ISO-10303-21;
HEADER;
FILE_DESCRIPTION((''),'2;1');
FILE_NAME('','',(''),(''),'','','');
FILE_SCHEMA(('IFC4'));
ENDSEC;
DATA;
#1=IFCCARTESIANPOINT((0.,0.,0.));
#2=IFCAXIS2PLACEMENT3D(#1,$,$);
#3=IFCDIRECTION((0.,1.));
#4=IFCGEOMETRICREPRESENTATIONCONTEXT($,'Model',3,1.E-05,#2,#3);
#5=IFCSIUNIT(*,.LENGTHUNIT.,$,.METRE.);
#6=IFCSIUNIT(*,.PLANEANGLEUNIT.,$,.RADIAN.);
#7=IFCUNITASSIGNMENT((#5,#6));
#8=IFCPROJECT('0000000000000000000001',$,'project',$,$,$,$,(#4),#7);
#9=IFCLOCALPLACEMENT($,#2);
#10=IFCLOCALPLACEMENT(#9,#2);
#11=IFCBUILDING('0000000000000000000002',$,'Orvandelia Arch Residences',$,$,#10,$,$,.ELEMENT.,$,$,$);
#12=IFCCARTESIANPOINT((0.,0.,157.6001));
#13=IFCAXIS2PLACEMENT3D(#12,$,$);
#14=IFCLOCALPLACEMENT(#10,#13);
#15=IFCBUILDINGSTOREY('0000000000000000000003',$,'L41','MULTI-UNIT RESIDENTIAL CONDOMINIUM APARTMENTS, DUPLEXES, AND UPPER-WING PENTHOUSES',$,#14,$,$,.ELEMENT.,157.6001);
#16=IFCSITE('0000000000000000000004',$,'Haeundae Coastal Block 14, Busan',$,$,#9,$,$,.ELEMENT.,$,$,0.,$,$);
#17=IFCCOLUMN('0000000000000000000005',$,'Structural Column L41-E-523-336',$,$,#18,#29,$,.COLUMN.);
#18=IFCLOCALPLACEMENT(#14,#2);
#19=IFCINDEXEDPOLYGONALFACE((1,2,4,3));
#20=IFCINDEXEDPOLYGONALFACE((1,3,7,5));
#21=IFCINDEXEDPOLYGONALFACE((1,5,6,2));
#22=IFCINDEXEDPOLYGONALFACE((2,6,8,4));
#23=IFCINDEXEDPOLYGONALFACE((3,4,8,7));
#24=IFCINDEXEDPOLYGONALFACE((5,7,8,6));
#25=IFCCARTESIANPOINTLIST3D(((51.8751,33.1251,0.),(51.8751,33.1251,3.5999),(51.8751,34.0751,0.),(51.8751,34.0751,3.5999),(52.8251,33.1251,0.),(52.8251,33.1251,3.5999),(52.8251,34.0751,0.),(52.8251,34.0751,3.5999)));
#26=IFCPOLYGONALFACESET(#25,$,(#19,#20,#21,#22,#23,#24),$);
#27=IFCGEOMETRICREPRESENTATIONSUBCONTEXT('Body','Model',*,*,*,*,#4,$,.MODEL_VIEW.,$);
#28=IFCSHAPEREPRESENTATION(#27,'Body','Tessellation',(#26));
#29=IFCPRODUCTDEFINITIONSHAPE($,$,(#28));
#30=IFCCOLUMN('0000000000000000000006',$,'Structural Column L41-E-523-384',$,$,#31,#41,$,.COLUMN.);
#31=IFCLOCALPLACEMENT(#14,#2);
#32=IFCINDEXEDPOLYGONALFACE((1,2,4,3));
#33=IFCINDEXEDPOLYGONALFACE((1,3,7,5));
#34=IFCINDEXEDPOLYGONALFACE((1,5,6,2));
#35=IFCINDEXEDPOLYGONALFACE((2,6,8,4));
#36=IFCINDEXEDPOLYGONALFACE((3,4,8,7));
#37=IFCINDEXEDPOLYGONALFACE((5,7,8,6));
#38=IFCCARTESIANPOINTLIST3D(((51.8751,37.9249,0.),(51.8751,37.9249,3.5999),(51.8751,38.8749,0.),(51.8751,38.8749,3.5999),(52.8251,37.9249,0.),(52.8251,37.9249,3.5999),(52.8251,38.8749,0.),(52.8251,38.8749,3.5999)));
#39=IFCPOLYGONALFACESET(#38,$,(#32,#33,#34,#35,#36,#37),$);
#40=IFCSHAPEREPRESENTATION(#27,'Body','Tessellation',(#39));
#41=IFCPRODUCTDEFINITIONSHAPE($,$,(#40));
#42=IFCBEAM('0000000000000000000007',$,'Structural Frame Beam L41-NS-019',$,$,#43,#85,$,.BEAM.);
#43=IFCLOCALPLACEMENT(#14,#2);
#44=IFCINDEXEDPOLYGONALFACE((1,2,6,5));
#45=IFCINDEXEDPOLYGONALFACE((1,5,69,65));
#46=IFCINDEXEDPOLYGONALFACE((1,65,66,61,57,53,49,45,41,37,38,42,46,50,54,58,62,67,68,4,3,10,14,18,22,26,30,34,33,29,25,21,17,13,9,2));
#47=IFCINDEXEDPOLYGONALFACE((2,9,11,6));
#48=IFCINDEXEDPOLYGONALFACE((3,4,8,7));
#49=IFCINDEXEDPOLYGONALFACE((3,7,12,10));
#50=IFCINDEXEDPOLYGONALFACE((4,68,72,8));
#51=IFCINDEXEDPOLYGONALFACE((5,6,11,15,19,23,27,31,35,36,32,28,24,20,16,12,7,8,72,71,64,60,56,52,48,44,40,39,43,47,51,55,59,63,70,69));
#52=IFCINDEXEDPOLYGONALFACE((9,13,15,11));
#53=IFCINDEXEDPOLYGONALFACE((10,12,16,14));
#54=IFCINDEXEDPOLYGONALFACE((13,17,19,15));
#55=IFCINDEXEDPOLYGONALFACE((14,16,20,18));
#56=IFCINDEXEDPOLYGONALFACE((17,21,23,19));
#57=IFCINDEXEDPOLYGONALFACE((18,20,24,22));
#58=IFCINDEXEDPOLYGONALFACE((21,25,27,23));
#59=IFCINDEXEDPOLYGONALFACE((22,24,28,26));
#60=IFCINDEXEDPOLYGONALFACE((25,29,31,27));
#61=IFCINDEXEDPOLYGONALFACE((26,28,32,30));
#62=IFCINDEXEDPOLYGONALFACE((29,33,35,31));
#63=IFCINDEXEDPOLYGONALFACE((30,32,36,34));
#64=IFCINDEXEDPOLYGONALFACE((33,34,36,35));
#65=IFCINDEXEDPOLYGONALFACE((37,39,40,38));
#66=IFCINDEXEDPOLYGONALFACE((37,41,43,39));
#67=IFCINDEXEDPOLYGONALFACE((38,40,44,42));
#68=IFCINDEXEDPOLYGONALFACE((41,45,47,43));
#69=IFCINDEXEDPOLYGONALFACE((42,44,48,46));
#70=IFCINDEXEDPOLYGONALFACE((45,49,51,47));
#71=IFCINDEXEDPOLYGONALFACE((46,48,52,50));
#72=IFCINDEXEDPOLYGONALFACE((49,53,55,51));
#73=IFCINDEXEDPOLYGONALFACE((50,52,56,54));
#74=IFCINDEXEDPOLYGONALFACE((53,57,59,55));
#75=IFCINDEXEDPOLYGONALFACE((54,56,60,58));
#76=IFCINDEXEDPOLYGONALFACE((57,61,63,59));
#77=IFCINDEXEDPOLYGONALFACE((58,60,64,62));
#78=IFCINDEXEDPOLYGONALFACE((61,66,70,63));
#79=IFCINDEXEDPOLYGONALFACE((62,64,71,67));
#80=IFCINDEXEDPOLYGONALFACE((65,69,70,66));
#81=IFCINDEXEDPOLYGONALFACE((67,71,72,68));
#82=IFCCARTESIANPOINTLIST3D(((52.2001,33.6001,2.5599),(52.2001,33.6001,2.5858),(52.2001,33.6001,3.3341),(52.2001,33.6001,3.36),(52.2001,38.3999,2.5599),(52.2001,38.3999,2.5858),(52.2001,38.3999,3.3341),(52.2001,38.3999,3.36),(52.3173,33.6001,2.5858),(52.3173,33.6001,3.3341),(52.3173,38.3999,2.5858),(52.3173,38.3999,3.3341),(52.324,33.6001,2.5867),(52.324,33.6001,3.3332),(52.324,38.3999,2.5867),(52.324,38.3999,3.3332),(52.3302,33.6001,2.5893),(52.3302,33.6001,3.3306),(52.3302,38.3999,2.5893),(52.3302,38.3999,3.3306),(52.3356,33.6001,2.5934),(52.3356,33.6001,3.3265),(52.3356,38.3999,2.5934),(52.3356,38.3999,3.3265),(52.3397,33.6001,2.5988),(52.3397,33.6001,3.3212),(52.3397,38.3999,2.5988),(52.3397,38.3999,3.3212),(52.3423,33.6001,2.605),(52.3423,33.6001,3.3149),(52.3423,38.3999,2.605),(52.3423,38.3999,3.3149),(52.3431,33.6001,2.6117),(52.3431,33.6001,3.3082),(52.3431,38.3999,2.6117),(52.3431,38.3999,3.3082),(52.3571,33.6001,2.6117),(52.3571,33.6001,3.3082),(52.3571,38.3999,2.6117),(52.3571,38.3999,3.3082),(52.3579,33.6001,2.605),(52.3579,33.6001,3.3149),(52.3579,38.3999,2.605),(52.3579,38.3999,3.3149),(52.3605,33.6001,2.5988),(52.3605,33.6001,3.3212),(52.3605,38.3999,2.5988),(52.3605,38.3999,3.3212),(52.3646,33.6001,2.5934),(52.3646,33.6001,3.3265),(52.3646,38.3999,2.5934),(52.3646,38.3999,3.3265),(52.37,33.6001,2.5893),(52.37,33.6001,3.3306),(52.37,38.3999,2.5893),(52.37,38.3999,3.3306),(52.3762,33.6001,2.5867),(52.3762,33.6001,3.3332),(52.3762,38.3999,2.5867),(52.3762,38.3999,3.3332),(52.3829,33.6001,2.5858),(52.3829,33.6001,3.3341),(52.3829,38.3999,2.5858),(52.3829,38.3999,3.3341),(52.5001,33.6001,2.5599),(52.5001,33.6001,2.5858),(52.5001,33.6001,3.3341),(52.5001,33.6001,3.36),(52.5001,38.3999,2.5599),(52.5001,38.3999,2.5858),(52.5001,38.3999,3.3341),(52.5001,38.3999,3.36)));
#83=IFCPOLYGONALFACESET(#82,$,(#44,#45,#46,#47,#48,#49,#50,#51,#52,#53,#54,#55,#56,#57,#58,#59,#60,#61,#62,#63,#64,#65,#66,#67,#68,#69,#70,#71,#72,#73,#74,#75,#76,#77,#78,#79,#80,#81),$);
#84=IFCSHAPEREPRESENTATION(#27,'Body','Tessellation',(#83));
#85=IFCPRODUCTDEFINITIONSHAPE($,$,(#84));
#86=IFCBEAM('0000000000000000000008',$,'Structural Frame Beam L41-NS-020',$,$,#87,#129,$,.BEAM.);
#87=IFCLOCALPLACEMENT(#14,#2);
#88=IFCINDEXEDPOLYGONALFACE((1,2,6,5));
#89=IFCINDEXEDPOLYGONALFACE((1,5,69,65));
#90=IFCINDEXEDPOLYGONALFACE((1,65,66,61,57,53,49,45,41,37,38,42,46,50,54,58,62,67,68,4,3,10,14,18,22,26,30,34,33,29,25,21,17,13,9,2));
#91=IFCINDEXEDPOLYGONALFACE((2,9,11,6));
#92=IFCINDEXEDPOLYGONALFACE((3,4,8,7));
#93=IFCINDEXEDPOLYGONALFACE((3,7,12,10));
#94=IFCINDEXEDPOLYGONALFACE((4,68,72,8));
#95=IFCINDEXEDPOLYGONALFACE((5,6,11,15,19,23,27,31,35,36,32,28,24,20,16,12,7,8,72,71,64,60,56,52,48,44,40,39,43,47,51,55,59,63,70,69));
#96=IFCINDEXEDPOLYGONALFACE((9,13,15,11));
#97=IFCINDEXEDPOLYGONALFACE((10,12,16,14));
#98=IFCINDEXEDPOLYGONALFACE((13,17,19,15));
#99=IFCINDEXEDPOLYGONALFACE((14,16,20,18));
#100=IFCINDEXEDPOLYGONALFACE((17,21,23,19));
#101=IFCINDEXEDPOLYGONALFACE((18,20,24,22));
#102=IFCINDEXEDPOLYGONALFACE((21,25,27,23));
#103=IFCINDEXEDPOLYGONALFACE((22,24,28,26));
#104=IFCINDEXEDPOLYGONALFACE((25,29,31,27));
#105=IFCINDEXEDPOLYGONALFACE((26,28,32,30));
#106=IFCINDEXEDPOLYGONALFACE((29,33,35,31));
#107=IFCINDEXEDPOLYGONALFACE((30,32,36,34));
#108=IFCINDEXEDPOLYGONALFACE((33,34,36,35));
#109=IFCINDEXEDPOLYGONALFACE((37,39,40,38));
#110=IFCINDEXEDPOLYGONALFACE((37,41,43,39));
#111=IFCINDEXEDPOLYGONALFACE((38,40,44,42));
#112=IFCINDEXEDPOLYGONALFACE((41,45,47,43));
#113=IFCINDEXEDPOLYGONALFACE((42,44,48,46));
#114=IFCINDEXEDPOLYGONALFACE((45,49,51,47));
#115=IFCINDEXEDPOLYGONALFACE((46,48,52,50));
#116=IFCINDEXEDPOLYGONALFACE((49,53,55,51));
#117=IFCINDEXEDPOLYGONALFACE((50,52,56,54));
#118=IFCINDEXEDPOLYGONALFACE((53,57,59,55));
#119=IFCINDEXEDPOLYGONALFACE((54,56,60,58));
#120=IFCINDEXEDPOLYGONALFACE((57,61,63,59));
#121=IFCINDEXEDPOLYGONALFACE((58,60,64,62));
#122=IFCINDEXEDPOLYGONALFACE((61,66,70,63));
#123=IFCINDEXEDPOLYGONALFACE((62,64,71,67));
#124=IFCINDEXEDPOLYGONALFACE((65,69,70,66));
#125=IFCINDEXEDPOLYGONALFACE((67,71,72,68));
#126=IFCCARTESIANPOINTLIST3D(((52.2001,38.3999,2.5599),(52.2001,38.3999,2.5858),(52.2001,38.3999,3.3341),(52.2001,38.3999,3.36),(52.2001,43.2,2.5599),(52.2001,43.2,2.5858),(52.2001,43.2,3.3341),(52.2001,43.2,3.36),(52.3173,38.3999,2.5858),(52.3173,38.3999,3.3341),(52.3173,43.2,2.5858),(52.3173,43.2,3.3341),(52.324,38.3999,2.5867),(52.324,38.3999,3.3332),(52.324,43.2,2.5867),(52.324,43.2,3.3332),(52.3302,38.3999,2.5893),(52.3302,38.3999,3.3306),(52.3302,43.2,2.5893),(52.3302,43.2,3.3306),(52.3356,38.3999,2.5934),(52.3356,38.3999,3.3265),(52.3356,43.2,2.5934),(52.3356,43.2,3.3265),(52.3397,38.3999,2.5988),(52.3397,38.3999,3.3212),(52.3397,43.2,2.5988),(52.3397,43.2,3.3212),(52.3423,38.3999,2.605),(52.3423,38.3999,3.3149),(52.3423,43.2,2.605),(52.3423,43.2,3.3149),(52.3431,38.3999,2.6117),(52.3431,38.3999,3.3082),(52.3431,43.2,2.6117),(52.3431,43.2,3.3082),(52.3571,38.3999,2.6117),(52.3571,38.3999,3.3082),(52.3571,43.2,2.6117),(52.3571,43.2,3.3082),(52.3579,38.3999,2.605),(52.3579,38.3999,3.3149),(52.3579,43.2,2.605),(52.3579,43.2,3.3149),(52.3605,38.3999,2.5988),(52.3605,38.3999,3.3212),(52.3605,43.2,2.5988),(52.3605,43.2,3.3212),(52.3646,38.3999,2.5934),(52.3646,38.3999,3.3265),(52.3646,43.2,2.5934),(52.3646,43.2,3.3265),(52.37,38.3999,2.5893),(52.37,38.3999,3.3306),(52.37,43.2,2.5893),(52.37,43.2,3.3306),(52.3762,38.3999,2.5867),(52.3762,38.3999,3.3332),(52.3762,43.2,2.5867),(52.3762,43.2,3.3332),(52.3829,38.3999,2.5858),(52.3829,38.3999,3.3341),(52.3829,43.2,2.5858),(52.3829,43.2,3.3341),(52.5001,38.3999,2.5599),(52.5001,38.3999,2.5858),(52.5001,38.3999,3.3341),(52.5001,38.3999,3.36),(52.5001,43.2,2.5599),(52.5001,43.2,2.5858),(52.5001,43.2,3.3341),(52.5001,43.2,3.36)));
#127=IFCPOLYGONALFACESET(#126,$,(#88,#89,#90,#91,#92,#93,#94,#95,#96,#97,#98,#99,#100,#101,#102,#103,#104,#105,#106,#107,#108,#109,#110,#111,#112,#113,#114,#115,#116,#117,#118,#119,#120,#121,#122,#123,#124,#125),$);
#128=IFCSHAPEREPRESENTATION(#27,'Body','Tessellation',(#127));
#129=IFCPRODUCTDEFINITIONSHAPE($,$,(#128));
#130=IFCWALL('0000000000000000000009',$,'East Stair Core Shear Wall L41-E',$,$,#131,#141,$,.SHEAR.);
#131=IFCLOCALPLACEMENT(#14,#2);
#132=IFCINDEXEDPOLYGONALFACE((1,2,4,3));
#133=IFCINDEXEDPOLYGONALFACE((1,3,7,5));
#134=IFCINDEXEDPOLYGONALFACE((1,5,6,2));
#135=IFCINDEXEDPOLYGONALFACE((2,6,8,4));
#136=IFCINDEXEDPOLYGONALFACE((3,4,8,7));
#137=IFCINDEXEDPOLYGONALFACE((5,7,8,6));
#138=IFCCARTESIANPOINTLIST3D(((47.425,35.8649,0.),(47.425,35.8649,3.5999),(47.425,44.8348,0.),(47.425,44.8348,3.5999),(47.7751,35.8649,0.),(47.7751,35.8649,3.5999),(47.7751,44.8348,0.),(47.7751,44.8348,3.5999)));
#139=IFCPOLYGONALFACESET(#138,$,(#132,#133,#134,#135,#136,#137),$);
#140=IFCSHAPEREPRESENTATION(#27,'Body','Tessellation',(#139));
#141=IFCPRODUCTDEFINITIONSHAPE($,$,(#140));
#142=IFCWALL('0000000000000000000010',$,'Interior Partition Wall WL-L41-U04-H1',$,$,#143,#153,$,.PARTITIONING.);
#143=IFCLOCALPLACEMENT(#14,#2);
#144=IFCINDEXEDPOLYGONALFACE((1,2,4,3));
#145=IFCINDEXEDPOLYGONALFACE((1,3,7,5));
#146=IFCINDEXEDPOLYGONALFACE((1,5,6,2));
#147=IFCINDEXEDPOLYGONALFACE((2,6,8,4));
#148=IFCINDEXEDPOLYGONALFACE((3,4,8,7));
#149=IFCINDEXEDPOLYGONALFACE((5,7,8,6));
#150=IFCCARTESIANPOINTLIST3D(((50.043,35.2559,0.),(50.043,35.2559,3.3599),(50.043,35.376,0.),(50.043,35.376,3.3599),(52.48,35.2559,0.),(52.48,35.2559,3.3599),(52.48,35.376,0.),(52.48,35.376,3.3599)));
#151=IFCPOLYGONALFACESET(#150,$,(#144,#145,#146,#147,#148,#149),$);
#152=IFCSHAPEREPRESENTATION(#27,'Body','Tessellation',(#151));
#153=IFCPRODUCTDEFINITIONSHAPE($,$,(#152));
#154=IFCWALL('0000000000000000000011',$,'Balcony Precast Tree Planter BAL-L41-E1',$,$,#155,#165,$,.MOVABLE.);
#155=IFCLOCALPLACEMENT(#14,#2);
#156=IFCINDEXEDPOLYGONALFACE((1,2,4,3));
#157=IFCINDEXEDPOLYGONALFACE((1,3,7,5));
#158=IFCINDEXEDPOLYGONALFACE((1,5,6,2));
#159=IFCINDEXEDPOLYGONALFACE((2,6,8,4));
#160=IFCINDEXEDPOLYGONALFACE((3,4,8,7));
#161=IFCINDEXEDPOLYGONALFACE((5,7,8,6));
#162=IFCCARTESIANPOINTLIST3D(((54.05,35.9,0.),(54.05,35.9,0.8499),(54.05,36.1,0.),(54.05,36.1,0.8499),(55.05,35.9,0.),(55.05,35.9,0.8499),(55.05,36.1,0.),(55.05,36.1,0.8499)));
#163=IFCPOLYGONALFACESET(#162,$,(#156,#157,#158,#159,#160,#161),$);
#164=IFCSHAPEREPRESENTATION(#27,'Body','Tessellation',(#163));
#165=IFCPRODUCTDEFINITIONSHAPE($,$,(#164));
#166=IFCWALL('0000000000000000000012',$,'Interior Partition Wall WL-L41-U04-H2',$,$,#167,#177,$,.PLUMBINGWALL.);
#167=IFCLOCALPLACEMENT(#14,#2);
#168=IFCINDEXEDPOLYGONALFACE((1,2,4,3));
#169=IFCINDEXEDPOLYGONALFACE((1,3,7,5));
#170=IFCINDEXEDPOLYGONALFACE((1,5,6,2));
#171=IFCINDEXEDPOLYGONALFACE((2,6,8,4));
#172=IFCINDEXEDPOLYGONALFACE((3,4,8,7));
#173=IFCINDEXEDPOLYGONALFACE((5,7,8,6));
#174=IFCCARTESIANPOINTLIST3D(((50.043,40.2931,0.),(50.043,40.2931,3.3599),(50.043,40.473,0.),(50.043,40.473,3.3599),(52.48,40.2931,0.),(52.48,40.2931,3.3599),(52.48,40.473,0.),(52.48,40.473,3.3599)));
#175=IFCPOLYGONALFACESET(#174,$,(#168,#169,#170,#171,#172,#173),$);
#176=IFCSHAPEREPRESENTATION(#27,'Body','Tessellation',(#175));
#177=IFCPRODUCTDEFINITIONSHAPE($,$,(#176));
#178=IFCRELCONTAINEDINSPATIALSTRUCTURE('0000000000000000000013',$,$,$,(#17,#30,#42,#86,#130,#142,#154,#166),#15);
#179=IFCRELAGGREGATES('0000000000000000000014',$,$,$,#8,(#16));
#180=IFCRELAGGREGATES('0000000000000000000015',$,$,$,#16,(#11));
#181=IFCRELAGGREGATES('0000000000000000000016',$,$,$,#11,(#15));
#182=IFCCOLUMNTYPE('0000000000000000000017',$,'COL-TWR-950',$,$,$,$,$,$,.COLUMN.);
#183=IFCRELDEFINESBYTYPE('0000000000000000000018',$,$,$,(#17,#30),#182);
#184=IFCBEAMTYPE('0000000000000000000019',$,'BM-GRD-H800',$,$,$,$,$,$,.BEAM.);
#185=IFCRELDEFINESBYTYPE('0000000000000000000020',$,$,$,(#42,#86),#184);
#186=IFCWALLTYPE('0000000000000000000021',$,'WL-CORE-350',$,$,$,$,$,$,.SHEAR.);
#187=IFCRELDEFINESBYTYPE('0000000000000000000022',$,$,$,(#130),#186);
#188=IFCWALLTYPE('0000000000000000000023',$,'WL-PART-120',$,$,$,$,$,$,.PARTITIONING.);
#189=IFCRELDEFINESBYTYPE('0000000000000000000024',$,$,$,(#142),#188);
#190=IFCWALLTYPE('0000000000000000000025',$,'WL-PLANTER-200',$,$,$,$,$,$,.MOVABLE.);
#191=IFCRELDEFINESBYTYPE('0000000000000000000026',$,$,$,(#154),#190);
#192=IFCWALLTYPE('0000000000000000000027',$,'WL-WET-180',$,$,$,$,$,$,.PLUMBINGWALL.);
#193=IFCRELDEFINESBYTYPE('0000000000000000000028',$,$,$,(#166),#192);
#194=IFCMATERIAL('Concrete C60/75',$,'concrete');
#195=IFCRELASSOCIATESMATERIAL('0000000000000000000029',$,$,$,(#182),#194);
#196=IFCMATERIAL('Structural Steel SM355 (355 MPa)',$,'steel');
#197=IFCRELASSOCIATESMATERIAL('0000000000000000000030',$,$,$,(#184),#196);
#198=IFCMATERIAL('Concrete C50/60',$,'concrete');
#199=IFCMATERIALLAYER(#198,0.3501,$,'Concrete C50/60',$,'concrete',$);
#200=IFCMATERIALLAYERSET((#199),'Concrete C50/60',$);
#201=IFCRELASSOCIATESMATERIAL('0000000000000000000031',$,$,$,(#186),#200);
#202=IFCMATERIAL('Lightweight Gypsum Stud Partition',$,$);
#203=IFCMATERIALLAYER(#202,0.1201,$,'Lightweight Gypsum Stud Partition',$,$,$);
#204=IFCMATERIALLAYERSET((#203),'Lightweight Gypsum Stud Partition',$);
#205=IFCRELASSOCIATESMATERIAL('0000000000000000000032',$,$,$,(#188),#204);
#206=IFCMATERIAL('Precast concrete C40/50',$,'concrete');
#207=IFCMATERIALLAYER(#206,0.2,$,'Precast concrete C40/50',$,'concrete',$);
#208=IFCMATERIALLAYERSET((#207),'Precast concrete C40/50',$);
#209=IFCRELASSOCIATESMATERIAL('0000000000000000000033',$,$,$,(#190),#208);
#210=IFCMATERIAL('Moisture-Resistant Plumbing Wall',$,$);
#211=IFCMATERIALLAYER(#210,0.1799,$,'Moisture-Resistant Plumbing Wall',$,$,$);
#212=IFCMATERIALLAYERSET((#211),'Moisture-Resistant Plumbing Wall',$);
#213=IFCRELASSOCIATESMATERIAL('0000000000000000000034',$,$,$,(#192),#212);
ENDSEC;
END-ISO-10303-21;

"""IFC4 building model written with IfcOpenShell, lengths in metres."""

from ifc_helpers import new_model, si_unit, direction, frame, frame_2d, origin, origin_2d, place, context, subcontext, project, spatial, rectangle, i_section, extrude, material, layer, layer_set, material_profile, profile_set, type_object, element, save


model = new_model("IFC4")

# Units and contexts
model_context = context("Model", 3, precision=1e-05, world=origin(), true_north=direction((0.0, 1.0)))
body_context = subcontext(model_context, "Body", "Model", "MODEL_VIEW")
ifc_project = project(units=[si_unit("LENGTHUNIT", "METRE"), si_unit("PLANEANGLEUNIT", "RADIAN")], contexts=[model_context])

# Site, building, storey
site_placement = place(None, origin())
site = spatial("IfcSite", under=ifc_project, at=site_placement, Name="Haeundae Coastal Block 14, Busan", CompositionType="ELEMENT", RefElevation=0.0)
building_placement = place(site_placement, origin())
building = spatial("IfcBuilding", under=site, at=building_placement, Name="Orvandelia Arch Residences", CompositionType="ELEMENT")
storey_placement = place(building_placement, frame((0.0, 0.0, 157.6001)))
storey = spatial("IfcBuildingStorey", under=building, at=storey_placement, Name="L41", Description="MULTI-UNIT RESIDENTIAL CONDOMINIUM APARTMENTS, DUPLEXES, AND UPPER-WING PENTHOUSES", CompositionType="ELEMENT", Elevation=157.6001)

# Columns
ifc_material_1 = material(Name="Concrete C60/75", Category="concrete")
ifc_material_profile_1 = material_profile(ifc_material_1, rectangle(XDim=0.95, YDim=0.95, at=origin_2d()), Name="Concrete C60/75", Category="concrete")
ifc_profile_set_1 = profile_set([ifc_material_profile_1], Name="Concrete C60/75")
column_type = type_object("IfcColumnType", Name="COL-TWR-950", PredefinedType="COLUMN", material=ifc_profile_set_1)
for number, where, z_axis, x_axis, name in (
    (1, (52.3501, 33.6001, 0.0), (0.0, 0.0, 1.0), (1.0, 0.0, 0.0), "Structural Column L41-E-523-336"),
    (2, (52.3501, 38.3999, 0.0), (0.0, 0.0, 1.0), (1.0, 0.0, 0.0), "Structural Column L41-E-523-384"),
):
    element("IfcColumn", number, at=place(storey_placement, frame(where, z_axis=z_axis, x_axis=x_axis)), inside=storey, type_object=column_type, Name=name, PredefinedType="COLUMN", context=body_context, shape_type="SweptSolid", body=[
        extrude(rectangle(XDim=0.95, YDim=0.95, at=origin_2d()), origin(), (0.0, 0.0, 1.0), 3.5999),
    ])

# Beams
ifc_material_2 = material(Name="Structural Steel SM355 (355 MPa)", Category="steel")
ifc_material_profile_2 = material_profile(ifc_material_2, i_section(OverallWidth=0.3, OverallDepth=0.8, WebThickness=0.0139, FlangeThickness=0.0259, FilletRadius=0.0259, at=origin_2d()), Name="Structural Steel SM355 (355 MPa)", Category="steel")
ifc_profile_set_2 = profile_set([ifc_material_profile_2], Name="Structural Steel SM355 (355 MPa)")
beam_type = type_object("IfcBeamType", Name="BM-GRD-H800", PredefinedType="BEAM", material=ifc_profile_set_2)
beam_1_placement = place(storey_placement, frame((52.3501, 33.6001, 2.96), z_axis=(0.0, 1.0, 0.0), x_axis=(-1.0, 0.0, 0.0)))
element("IfcBeam", 3, at=beam_1_placement, inside=storey, type_object=beam_type, Name="Structural Frame Beam L41-NS-019", PredefinedType="BEAM", context=body_context, shape_type="SweptSolid", body=[
    extrude(i_section(OverallWidth=0.3, OverallDepth=0.8, WebThickness=0.0139, FlangeThickness=0.0259, FilletRadius=0.0259, at=origin_2d()), origin(), (0.0, 0.0, 1.0), 4.7998),
])
beam_2_placement = place(storey_placement, frame((52.3501, 38.3999, 2.96), z_axis=(0.0, 1.0, 0.0), x_axis=(-1.0, 0.0, 0.0)))
element("IfcBeam", 4, at=beam_2_placement, inside=storey, type_object=beam_type, Name="Structural Frame Beam L41-NS-020", PredefinedType="BEAM", context=body_context, shape_type="SweptSolid", body=[
    extrude(i_section(OverallWidth=0.3, OverallDepth=0.8, WebThickness=0.0139, FlangeThickness=0.0259, FilletRadius=0.0259, at=origin_2d()), origin(), (0.0, 0.0, 1.0), 4.8),
])

# Walls
ifc_material_3 = material(Name="Concrete C50/60", Category="concrete")
ifc_layer_1 = layer(ifc_material_3, 0.3501, Name="Concrete C50/60", Category="concrete")
ifc_layer_set_1 = layer_set([ifc_layer_1], Name="Concrete C50/60")
wall_type_1 = type_object("IfcWallType", Name="WL-CORE-350", PredefinedType="SHEAR", material=ifc_layer_set_1)
wall_1_placement = place(storey_placement, frame((47.6001, 35.865, 0.0), z_axis=(0.0, 0.0, 1.0), x_axis=(0.0, 1.0, 0.0)))
element("IfcWall", 5, at=wall_1_placement, inside=storey, type_object=wall_type_1, Name="East Stair Core Shear Wall L41-E", PredefinedType="SHEAR", context=body_context, shape_type="SweptSolid", body=[
    extrude(rectangle(XDim=8.97, YDim=0.3501, at=frame_2d((4.4849, 0.0))), origin(), (0.0, 0.0, 1.0), 3.5999),
])
ifc_material_4 = material(Name="Lightweight Gypsum Stud Partition")
ifc_layer_2 = layer(ifc_material_4, 0.1201, Name="Lightweight Gypsum Stud Partition")
ifc_layer_set_2 = layer_set([ifc_layer_2], Name="Lightweight Gypsum Stud Partition")
wall_type_2 = type_object("IfcWallType", Name="WL-PART-120", PredefinedType="PARTITIONING", material=ifc_layer_set_2)
wall_2_placement = place(storey_placement, frame((50.043, 35.3159, 0.0), z_axis=(0.0, 0.0, 1.0), x_axis=(1.0, 0.0, 0.0)))
element("IfcWall", 6, at=wall_2_placement, inside=storey, type_object=wall_type_2, Name="Interior Partition Wall WL-L41-U04-H1", PredefinedType="PARTITIONING", context=body_context, shape_type="SweptSolid", body=[
    extrude(rectangle(XDim=2.437, YDim=0.1201, at=frame_2d((1.2185, 0.0))), origin(), (0.0, 0.0, 1.0), 3.3599),
])
ifc_material_5 = material(Name="Precast concrete C40/50", Category="concrete")
ifc_layer_3 = layer(ifc_material_5, 0.2, Name="Precast concrete C40/50", Category="concrete")
ifc_layer_set_3 = layer_set([ifc_layer_3], Name="Precast concrete C40/50")
wall_type_3 = type_object("IfcWallType", Name="WL-PLANTER-200", PredefinedType="MOVABLE", material=ifc_layer_set_3)
wall_3_placement = place(storey_placement, frame((54.05, 36.0, 0.0), z_axis=(0.0, 0.0, 1.0), x_axis=(1.0, 0.0, 0.0)))
element("IfcWall", 7, at=wall_3_placement, inside=storey, type_object=wall_type_3, Name="Balcony Precast Tree Planter BAL-L41-E1", PredefinedType="MOVABLE", context=body_context, shape_type="SweptSolid", body=[
    extrude(rectangle(XDim=1.0, YDim=0.2, at=frame_2d((0.5, 0.0))), origin(), (0.0, 0.0, 1.0), 0.8499),
])
ifc_material_6 = material(Name="Moisture-Resistant Plumbing Wall")
ifc_layer_4 = layer(ifc_material_6, 0.1799, Name="Moisture-Resistant Plumbing Wall")
ifc_layer_set_4 = layer_set([ifc_layer_4], Name="Moisture-Resistant Plumbing Wall")
wall_type_4 = type_object("IfcWallType", Name="WL-WET-180", PredefinedType="PLUMBINGWALL", material=ifc_layer_set_4)
wall_4_placement = place(storey_placement, frame((50.043, 40.3831, 0.0), z_axis=(0.0, 0.0, 1.0), x_axis=(1.0, 0.0, 0.0)))
element("IfcWall", 8, at=wall_4_placement, inside=storey, type_object=wall_type_4, Name="Interior Partition Wall WL-L41-U04-H2", PredefinedType="PLUMBINGWALL", context=body_context, shape_type="SweptSolid", body=[
    extrude(rectangle(XDim=2.437, YDim=0.1799, at=frame_2d((1.2185, 0.0))), origin(), (0.0, 0.0, 1.0), 3.3599),
])

save(model, "model.ifc")
